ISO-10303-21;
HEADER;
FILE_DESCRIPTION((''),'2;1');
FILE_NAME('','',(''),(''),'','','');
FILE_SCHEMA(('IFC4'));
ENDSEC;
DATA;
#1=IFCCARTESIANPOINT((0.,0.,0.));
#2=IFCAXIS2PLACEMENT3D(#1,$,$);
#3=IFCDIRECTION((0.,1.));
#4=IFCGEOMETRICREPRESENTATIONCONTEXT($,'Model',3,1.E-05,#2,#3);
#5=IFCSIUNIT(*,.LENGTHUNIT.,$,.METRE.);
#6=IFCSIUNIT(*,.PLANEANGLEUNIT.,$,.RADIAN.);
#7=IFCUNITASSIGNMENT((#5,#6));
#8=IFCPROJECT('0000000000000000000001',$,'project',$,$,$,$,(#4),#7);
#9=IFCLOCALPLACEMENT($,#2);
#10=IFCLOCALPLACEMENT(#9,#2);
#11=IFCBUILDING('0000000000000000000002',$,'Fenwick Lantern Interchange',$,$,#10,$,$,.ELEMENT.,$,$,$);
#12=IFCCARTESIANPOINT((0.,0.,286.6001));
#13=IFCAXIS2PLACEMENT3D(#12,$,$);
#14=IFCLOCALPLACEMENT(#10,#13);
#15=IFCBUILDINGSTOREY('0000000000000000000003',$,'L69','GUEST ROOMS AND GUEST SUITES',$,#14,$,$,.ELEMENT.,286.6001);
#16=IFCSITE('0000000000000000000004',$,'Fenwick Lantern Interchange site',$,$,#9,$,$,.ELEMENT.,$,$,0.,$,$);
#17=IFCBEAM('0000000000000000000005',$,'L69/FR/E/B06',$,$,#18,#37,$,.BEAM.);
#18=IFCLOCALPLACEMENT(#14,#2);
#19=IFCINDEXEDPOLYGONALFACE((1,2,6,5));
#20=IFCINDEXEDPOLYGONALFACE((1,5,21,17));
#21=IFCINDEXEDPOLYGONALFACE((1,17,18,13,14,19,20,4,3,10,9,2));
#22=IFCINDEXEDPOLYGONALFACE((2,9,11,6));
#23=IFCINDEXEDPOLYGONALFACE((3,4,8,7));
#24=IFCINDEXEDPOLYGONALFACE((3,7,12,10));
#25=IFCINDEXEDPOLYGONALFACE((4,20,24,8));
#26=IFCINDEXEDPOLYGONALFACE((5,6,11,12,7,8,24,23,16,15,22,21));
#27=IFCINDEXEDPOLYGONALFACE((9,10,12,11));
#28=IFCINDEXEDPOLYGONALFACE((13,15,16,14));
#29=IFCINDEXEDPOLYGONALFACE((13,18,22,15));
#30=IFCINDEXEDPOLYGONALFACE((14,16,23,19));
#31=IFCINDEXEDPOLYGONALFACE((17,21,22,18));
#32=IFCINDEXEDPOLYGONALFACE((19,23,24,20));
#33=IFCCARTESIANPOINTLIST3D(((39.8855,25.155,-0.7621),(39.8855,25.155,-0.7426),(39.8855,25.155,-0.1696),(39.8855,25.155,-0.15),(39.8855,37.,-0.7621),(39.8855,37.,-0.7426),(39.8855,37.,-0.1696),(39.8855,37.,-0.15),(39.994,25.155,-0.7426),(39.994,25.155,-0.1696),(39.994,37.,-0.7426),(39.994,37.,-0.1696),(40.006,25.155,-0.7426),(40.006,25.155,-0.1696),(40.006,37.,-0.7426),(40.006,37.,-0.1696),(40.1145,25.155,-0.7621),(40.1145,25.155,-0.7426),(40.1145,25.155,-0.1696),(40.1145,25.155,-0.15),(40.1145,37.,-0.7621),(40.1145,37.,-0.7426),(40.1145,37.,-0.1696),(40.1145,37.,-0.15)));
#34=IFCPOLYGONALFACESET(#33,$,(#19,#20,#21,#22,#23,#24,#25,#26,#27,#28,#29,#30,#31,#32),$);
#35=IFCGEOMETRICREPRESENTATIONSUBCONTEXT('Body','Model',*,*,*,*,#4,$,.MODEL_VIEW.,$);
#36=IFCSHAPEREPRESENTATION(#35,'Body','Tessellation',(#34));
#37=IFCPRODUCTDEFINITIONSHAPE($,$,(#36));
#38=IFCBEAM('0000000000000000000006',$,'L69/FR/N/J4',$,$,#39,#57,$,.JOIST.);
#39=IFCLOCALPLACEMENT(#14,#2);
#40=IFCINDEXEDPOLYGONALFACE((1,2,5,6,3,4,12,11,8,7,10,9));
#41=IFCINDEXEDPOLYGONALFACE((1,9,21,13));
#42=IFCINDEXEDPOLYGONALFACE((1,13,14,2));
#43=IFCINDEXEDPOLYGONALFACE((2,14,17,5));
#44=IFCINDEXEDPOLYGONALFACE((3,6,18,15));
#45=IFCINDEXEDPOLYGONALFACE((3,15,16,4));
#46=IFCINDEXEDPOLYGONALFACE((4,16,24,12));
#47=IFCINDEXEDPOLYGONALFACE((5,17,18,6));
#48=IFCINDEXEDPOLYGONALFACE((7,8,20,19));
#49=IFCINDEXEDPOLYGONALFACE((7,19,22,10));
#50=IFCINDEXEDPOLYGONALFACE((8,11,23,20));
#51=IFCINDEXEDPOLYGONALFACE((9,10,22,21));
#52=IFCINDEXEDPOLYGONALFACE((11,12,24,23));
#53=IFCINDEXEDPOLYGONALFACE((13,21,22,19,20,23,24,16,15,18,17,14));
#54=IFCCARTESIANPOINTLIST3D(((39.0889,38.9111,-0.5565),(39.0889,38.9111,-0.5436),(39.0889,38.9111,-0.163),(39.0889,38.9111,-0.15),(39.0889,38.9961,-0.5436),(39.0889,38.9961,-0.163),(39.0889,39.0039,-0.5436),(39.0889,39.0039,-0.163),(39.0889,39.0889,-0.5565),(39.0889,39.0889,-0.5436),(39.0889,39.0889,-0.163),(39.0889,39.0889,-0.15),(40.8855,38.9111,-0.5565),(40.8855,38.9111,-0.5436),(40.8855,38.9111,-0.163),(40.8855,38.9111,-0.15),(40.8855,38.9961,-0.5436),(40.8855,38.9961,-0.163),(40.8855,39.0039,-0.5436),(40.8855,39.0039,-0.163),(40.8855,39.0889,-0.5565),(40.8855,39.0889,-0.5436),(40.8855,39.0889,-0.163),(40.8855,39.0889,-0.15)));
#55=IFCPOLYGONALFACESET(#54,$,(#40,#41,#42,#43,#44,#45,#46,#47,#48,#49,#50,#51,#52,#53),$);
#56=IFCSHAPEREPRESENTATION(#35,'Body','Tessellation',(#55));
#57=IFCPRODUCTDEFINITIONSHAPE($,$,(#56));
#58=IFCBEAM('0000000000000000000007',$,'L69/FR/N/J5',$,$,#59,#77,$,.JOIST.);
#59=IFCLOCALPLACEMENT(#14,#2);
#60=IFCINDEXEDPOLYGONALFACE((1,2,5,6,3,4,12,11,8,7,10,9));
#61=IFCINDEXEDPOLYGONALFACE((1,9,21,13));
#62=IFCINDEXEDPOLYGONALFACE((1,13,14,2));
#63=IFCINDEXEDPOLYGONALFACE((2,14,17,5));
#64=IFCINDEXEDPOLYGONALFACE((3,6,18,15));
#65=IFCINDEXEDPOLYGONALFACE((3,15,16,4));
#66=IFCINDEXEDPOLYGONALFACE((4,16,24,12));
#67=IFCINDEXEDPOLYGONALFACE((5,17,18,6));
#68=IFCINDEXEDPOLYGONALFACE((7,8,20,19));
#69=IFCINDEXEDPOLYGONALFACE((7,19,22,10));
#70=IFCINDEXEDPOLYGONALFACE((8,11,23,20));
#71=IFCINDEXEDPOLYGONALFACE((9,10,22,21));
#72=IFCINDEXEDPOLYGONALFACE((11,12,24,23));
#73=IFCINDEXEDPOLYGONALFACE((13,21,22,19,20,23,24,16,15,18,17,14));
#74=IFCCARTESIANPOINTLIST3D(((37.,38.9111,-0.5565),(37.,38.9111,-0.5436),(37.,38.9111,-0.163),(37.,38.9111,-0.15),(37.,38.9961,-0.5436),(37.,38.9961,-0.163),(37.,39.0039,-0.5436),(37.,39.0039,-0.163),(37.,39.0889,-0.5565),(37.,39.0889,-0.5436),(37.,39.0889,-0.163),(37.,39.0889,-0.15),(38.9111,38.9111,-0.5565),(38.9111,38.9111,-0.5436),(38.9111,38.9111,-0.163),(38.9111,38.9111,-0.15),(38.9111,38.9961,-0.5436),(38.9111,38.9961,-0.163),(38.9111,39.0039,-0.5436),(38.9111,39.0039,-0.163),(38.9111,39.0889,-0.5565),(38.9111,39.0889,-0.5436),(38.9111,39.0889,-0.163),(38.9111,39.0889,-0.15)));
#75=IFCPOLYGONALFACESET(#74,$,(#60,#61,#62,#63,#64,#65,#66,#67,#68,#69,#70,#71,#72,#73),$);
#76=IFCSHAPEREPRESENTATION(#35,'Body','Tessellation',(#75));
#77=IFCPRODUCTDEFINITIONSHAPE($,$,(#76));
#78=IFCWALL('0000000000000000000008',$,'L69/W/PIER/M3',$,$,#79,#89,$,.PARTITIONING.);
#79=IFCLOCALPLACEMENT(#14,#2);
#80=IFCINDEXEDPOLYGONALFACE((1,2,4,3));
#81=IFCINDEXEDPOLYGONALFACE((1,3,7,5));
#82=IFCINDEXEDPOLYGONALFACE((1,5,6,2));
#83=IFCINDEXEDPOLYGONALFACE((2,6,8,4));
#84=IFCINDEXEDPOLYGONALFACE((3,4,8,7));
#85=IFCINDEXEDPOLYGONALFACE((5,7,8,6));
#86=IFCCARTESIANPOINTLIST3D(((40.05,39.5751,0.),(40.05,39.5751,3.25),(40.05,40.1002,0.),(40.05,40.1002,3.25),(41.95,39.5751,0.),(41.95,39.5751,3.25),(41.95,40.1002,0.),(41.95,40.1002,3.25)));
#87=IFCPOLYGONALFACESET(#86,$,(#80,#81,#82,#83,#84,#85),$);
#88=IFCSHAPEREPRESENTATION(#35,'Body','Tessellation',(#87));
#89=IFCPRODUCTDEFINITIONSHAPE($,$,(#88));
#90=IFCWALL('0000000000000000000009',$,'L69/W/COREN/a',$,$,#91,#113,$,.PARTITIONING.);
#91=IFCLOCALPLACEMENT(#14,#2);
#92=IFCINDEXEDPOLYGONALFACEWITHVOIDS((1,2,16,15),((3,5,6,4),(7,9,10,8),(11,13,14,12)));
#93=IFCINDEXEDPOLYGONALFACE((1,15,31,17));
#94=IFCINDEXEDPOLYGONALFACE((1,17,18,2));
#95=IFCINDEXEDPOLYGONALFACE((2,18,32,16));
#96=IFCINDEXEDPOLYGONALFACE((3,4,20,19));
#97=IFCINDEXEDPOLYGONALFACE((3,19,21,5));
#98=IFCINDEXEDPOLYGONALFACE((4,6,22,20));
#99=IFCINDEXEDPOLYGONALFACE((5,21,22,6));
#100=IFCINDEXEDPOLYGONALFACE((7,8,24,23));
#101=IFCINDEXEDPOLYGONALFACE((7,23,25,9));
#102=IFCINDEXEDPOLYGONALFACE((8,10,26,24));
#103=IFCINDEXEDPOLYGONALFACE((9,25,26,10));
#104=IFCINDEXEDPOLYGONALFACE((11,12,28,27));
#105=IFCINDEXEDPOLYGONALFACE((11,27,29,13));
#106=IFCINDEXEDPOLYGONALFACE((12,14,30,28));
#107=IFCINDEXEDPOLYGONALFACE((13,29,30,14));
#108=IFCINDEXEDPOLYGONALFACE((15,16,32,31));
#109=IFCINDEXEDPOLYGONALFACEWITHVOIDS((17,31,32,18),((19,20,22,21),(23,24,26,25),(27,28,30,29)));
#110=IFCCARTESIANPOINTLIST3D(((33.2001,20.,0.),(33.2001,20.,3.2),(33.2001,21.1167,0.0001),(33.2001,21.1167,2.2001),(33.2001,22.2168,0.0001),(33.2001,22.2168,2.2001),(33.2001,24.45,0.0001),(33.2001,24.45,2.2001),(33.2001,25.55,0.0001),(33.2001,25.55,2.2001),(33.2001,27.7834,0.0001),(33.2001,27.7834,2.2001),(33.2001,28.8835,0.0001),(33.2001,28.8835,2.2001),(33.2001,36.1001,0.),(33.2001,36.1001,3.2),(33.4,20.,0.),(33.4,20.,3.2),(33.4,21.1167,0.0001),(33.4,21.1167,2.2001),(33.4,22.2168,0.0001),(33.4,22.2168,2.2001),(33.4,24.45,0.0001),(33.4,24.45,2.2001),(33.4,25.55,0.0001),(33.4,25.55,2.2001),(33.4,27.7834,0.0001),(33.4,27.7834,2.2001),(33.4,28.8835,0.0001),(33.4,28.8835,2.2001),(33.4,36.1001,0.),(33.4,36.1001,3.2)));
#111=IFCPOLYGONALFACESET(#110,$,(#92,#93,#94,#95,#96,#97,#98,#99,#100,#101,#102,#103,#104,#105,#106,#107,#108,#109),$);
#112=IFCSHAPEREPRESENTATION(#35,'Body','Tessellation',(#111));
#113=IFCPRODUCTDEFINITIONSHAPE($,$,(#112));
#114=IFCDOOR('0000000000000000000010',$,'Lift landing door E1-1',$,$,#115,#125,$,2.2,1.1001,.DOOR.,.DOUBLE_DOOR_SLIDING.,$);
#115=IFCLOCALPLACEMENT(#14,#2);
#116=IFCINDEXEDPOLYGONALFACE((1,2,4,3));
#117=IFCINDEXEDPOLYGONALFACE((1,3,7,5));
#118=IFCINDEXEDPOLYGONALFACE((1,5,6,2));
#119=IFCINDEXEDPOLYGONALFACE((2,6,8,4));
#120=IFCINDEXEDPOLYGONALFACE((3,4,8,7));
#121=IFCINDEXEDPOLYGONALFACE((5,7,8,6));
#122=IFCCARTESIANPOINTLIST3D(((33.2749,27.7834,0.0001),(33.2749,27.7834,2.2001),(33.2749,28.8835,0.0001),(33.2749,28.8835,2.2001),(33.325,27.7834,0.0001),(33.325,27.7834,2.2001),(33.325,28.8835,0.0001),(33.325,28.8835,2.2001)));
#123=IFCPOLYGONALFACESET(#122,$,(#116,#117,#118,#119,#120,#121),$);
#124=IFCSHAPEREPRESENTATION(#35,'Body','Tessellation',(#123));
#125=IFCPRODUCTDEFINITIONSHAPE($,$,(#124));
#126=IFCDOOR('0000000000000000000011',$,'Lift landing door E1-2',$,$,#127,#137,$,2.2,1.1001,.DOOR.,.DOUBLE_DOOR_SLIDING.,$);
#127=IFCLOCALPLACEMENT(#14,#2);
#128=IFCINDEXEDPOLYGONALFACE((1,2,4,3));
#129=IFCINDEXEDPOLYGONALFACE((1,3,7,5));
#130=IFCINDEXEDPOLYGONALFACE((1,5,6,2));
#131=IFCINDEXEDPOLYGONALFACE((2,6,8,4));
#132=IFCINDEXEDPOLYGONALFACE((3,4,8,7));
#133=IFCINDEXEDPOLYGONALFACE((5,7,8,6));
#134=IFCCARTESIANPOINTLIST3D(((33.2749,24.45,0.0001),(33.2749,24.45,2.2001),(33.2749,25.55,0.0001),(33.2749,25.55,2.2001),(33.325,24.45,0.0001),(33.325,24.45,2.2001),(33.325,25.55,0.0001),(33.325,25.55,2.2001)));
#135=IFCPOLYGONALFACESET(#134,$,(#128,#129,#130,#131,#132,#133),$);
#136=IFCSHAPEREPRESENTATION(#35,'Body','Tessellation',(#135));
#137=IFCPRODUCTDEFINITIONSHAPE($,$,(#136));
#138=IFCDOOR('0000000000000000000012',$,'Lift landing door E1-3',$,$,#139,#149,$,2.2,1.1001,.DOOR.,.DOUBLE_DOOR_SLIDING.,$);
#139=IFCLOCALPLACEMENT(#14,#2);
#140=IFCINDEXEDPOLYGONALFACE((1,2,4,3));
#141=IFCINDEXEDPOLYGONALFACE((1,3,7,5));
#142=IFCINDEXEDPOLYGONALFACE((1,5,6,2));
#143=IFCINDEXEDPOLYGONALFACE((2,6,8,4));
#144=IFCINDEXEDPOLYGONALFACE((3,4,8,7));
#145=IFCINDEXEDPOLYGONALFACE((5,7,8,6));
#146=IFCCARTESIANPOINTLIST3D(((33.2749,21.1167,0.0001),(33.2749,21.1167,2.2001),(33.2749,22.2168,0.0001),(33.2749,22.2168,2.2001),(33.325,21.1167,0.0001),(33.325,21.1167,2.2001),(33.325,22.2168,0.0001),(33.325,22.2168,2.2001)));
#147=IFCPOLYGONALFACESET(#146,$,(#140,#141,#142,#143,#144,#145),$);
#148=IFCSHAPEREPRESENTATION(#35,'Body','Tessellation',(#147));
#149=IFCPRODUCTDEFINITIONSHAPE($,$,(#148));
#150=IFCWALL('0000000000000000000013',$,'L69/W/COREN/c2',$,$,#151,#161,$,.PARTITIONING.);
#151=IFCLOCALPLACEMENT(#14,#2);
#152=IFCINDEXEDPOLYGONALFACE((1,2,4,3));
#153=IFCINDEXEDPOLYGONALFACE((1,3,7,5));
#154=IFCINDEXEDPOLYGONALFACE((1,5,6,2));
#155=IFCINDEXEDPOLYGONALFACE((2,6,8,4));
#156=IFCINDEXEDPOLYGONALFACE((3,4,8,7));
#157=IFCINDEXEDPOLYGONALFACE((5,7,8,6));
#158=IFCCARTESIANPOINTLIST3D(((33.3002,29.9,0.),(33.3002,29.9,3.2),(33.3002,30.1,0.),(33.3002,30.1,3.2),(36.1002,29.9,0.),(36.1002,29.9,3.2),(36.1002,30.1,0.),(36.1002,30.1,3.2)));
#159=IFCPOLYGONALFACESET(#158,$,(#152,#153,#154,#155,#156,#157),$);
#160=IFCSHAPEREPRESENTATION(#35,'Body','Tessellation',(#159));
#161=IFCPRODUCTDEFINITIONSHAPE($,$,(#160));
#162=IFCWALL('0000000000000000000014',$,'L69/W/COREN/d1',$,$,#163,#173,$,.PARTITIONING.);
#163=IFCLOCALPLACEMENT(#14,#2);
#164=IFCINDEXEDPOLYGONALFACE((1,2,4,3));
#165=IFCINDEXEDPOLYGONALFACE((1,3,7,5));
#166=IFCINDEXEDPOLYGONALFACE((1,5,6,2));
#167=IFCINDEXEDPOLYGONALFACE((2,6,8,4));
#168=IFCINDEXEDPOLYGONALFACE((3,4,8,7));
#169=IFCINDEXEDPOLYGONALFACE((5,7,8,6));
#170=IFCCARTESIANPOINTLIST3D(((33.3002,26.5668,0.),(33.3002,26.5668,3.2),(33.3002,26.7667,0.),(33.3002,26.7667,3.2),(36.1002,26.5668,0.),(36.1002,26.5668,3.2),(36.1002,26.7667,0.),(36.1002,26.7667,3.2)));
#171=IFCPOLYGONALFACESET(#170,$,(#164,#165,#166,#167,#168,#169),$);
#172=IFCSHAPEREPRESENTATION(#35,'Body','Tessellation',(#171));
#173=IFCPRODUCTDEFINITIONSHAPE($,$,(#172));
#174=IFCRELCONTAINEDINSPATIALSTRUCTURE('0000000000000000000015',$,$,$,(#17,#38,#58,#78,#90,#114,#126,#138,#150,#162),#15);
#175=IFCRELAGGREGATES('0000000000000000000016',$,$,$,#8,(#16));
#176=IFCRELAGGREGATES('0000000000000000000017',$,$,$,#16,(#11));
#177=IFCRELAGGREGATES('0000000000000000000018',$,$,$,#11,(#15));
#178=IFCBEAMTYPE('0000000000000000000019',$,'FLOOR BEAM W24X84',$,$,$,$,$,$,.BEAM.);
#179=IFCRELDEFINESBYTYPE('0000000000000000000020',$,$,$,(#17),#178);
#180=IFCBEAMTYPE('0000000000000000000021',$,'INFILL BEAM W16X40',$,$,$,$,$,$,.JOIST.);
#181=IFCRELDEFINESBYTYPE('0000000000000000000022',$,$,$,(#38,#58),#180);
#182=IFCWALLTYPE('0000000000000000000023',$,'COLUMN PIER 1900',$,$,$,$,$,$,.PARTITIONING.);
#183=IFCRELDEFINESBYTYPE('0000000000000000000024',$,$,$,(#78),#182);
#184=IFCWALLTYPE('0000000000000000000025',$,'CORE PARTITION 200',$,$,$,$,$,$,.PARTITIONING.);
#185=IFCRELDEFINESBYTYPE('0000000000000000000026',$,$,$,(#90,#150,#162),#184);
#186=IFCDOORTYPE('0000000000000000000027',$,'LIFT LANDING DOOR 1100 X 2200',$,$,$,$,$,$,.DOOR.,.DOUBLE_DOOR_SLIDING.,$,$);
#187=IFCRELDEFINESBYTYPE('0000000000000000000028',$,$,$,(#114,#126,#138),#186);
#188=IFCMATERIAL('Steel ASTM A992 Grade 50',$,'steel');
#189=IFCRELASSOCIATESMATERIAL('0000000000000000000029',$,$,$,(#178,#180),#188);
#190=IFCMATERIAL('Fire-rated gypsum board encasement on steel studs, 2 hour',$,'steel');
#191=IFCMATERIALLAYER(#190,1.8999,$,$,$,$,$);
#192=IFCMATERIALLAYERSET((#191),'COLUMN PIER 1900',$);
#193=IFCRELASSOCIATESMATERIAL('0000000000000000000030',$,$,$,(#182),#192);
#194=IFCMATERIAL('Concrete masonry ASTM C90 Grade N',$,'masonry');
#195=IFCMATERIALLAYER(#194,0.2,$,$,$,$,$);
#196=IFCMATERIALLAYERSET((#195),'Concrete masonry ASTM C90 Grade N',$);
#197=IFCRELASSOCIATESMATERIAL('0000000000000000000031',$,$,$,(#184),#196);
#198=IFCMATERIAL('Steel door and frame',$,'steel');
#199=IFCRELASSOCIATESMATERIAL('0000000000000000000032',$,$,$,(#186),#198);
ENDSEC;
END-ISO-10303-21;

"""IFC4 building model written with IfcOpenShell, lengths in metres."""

from ifc_helpers import new_model, si_unit, direction, frame, frame_2d, origin, origin_2d, place, context, subcontext, project, spatial, rectangle, i_section, extrude, material, layer, layer_set, material_profile, profile_set, type_object, element, fill, save


model = new_model("IFC4")

# Units and contexts
model_context = context("Model", 3, precision=1e-05, world=origin(), true_north=direction((0.0, 1.0)))
body_context = subcontext(model_context, "Body", "Model", "MODEL_VIEW")
ifc_project = project(units=[si_unit("LENGTHUNIT", "METRE"), si_unit("PLANEANGLEUNIT", "RADIAN")], contexts=[model_context])

# Site, building, storey
site_placement = place(None, origin())
site = spatial("IfcSite", under=ifc_project, at=site_placement, Name="Fenwick Lantern Interchange site", CompositionType="ELEMENT", RefElevation=0.0)
building_placement = place(site_placement, origin())
building = spatial("IfcBuilding", under=site, at=building_placement, Name="Fenwick Lantern Interchange", CompositionType="ELEMENT")
storey_placement = place(building_placement, frame((0.0, 0.0, 286.6001)))
storey = spatial("IfcBuildingStorey", under=building, at=storey_placement, Name="L69", Description="GUEST ROOMS AND GUEST SUITES", CompositionType="ELEMENT", Elevation=286.6001)

# Beams
ifc_material_1 = material(Name="Steel ASTM A992 Grade 50", Category="steel")
ifc_material_profile_1 = material_profile(ifc_material_1, i_section(OverallWidth=0.229, OverallDepth=0.6121, WebThickness=0.012, FlangeThickness=0.0195, at=origin_2d()), Name="W24X84")
ifc_profile_set_1 = profile_set([ifc_material_profile_1], Name="Steel ASTM A992 Grade 50")
beam_type_1 = type_object("IfcBeamType", Name="FLOOR BEAM W24X84", PredefinedType="BEAM", material=ifc_profile_set_1)
beam_1_placement = place(storey_placement, frame((40.0, 25.155, -0.4561), z_axis=(0.0, 1.0, 0.0), x_axis=(-1.0, 0.0, 0.0)))
element("IfcBeam", 1, at=beam_1_placement, inside=storey, type_object=beam_type_1, Name="L69/FR/E/B06", PredefinedType="BEAM", context=body_context, shape_type="SweptSolid", body=[
    extrude(i_section(OverallWidth=0.229, OverallDepth=0.6121, WebThickness=0.012, FlangeThickness=0.0195, at=origin_2d()), origin(), (0.0, 0.0, 1.0), 11.845),
])
ifc_material_profile_2 = material_profile(ifc_material_1, i_section(OverallWidth=0.1777, OverallDepth=0.4065, WebThickness=0.0078, FlangeThickness=0.0129, at=origin_2d()), Name="W16X40")
ifc_profile_set_2 = profile_set([ifc_material_profile_2], Name="Steel ASTM A992 Grade 50")
beam_type_2 = type_object("IfcBeamType", Name="INFILL BEAM W16X40", PredefinedType="JOIST", material=ifc_profile_set_2)
beam_2_placement = place(storey_placement, frame((40.8855, 39.0, -0.3533), z_axis=(-1.0, 0.0, 0.0), x_axis=(0.0, -1.0, 0.0)))
element("IfcBeam", 2, at=beam_2_placement, inside=storey, type_object=beam_type_2, Name="L69/FR/N/J4", PredefinedType="JOIST", context=body_context, shape_type="SweptSolid", body=[
    extrude(i_section(OverallWidth=0.1777, OverallDepth=0.4065, WebThickness=0.0078, FlangeThickness=0.0129, at=origin_2d()), origin(), (0.0, 0.0, 1.0), 1.7966),
])
beam_3_placement = place(storey_placement, frame((38.9111, 39.0, -0.3533), z_axis=(-1.0, 0.0, 0.0), x_axis=(0.0, -1.0, 0.0)))
element("IfcBeam", 3, at=beam_3_placement, inside=storey, type_object=beam_type_2, Name="L69/FR/N/J5", PredefinedType="JOIST", context=body_context, shape_type="SweptSolid", body=[
    extrude(i_section(OverallWidth=0.1777, OverallDepth=0.4065, WebThickness=0.0078, FlangeThickness=0.0129, at=origin_2d()), origin(), (0.0, 0.0, 1.0), 1.9111),
])

# Wall
ifc_material_2 = material(Name="Fire-rated gypsum board encasement on steel studs, 2 hour", Category="steel")
ifc_layer_1 = layer(ifc_material_2, 1.8999)
ifc_layer_set_1 = layer_set([ifc_layer_1], Name="COLUMN PIER 1900")
wall_type_1 = type_object("IfcWallType", Name="COLUMN PIER 1900", PredefinedType="PARTITIONING", material=ifc_layer_set_1)
wall_1_placement = place(storey_placement, frame((41.0, 39.575, 0.0), z_axis=(0.0, 0.0, 1.0), x_axis=(0.0, 1.0, 0.0)))
element("IfcWall", 4, at=wall_1_placement, inside=storey, type_object=wall_type_1, Name="L69/W/PIER/M3", PredefinedType="PARTITIONING", context=body_context, shape_type="SweptSolid", body=[
    extrude(rectangle(XDim=0.5251, YDim=1.8999, at=frame_2d((0.2627, 0.0))), origin(), (0.0, 0.0, 1.0), 3.25),
])

# Wall, openings, doors
ifc_material_3 = material(Name="Concrete masonry ASTM C90 Grade N", Category="masonry")
ifc_layer_2 = layer(ifc_material_3, 0.2)
ifc_layer_set_2 = layer_set([ifc_layer_2], Name="Concrete masonry ASTM C90 Grade N")
wall_type_2 = type_object("IfcWallType", Name="CORE PARTITION 200", PredefinedType="PARTITIONING", material=ifc_layer_set_2)
wall_2_placement = place(storey_placement, frame((33.3, 36.1001, 0.0), z_axis=(0.0, 0.0, 1.0), x_axis=(0.0, -1.0, 0.0)))
wall_2 = element("IfcWall", 5, at=wall_2_placement, inside=storey, type_object=wall_type_2, Name="L69/W/COREN/a", PredefinedType="PARTITIONING", context=body_context, shape_type="SweptSolid", body=[
    extrude(rectangle(XDim=16.1001, YDim=0.2, at=frame_2d((8.05, 0.0))), origin(), (0.0, 0.0, 1.0), 3.2),
])
opening_1_placement = place(wall_2_placement, frame((7.2166, 0.0, 0.0)))
opening_1 = element("IfcOpeningElement", 6, at=opening_1_placement, cuts=wall_2, PredefinedType="OPENING", context=body_context, shape_type="SweptSolid", body=[
    extrude(rectangle(XDim=1.1001, YDim=2.2, at=frame_2d((0.55, 1.1001))), frame((0.0, 0.1099, 0.0), z_axis=(0.0, -1.0, 0.0), x_axis=(1.0, 0.0, 0.0)), (0.0, 0.0, 1.0), 0.22),
])
opening_2_placement = place(wall_2_placement, frame((10.55, 0.0, 0.0)))
opening_2 = element("IfcOpeningElement", 7, at=opening_2_placement, cuts=wall_2, PredefinedType="OPENING", context=body_context, shape_type="SweptSolid", body=[
    extrude(rectangle(XDim=1.1001, YDim=2.2, at=frame_2d((0.55, 1.1001))), frame((0.0, 0.1099, 0.0), z_axis=(0.0, -1.0, 0.0), x_axis=(1.0, 0.0, 0.0)), (0.0, 0.0, 1.0), 0.22),
])
opening_3_placement = place(wall_2_placement, frame((13.8833, 0.0, 0.0)))
opening_3 = element("IfcOpeningElement", 8, at=opening_3_placement, cuts=wall_2, PredefinedType="OPENING", context=body_context, shape_type="SweptSolid", body=[
    extrude(rectangle(XDim=1.1001, YDim=2.2, at=frame_2d((0.55, 1.1001))), frame((0.0, 0.1099, 0.0), z_axis=(0.0, -1.0, 0.0), x_axis=(1.0, 0.0, 0.0)), (0.0, 0.0, 1.0), 0.22),
])
ifc_material_4 = material(Name="Steel door and frame", Category="steel")
door_type_1 = type_object("IfcDoorType", Name="LIFT LANDING DOOR 1100 X 2200", OperationType="DOUBLE_DOOR_SLIDING", PredefinedType="DOOR", material=ifc_material_4)
door_1_placement = place(opening_1_placement, origin())
door_1 = element("IfcDoor", 9, at=door_1_placement, inside=storey, type_object=door_type_1, Name="Lift landing door E1-1", OperationType="DOUBLE_DOOR_SLIDING", OverallHeight=2.2, OverallWidth=1.1001, PredefinedType="DOOR", context=body_context, shape_type="SweptSolid", body=[
    extrude(rectangle(XDim=1.1001, YDim=2.2, at=frame_2d((0.55, 1.1001))), frame((0.0, 0.0249, 0.0), z_axis=(0.0, -1.0, 0.0), x_axis=(1.0, 0.0, 0.0)), (0.0, 0.0, 1.0), 0.05),
])
fill(opening_1, door_1)
door_2_placement = place(opening_2_placement, origin())
door_2 = element("IfcDoor", 10, at=door_2_placement, inside=storey, type_object=door_type_1, Name="Lift landing door E1-2", OperationType="DOUBLE_DOOR_SLIDING", OverallHeight=2.2, OverallWidth=1.1001, PredefinedType="DOOR", context=body_context, shape_type="SweptSolid", body=[
    extrude(rectangle(XDim=1.1001, YDim=2.2, at=frame_2d((0.55, 1.1001))), frame((0.0, 0.0249, 0.0), z_axis=(0.0, -1.0, 0.0), x_axis=(1.0, 0.0, 0.0)), (0.0, 0.0, 1.0), 0.05),
])
fill(opening_2, door_2)
door_3_placement = place(opening_3_placement, origin())
door_3 = element("IfcDoor", 11, at=door_3_placement, inside=storey, type_object=door_type_1, Name="Lift landing door E1-3", OperationType="DOUBLE_DOOR_SLIDING", OverallHeight=2.2, OverallWidth=1.1001, PredefinedType="DOOR", context=body_context, shape_type="SweptSolid", body=[
    extrude(rectangle(XDim=1.1001, YDim=2.2, at=frame_2d((0.55, 1.1001))), frame((0.0, 0.0249, 0.0), z_axis=(0.0, -1.0, 0.0), x_axis=(1.0, 0.0, 0.0)), (0.0, 0.0, 1.0), 0.05),
])
fill(opening_3, door_3)

# Walls
for number, where, z_axis, x_axis, name in (
    (12, (36.1001, 30.0, 0.0), (0.0, 0.0, 1.0), (-1.0, 0.0, 0.0), "L69/W/COREN/c2"),
    (13, (36.1001, 26.6667, 0.0), (0.0, 0.0, 1.0), (-1.0, 0.0, 0.0), "L69/W/COREN/d1"),
):
    element("IfcWall", number, at=place(storey_placement, frame(where, z_axis=z_axis, x_axis=x_axis)), inside=storey, type_object=wall_type_2, Name=name, PredefinedType="PARTITIONING", context=body_context, shape_type="SweptSolid", body=[
        extrude(rectangle(XDim=2.8, YDim=0.2, at=frame_2d((1.3999, 0.0))), origin(), (0.0, 0.0, 1.0), 3.2),
    ])

save(model, "model.ifc")
